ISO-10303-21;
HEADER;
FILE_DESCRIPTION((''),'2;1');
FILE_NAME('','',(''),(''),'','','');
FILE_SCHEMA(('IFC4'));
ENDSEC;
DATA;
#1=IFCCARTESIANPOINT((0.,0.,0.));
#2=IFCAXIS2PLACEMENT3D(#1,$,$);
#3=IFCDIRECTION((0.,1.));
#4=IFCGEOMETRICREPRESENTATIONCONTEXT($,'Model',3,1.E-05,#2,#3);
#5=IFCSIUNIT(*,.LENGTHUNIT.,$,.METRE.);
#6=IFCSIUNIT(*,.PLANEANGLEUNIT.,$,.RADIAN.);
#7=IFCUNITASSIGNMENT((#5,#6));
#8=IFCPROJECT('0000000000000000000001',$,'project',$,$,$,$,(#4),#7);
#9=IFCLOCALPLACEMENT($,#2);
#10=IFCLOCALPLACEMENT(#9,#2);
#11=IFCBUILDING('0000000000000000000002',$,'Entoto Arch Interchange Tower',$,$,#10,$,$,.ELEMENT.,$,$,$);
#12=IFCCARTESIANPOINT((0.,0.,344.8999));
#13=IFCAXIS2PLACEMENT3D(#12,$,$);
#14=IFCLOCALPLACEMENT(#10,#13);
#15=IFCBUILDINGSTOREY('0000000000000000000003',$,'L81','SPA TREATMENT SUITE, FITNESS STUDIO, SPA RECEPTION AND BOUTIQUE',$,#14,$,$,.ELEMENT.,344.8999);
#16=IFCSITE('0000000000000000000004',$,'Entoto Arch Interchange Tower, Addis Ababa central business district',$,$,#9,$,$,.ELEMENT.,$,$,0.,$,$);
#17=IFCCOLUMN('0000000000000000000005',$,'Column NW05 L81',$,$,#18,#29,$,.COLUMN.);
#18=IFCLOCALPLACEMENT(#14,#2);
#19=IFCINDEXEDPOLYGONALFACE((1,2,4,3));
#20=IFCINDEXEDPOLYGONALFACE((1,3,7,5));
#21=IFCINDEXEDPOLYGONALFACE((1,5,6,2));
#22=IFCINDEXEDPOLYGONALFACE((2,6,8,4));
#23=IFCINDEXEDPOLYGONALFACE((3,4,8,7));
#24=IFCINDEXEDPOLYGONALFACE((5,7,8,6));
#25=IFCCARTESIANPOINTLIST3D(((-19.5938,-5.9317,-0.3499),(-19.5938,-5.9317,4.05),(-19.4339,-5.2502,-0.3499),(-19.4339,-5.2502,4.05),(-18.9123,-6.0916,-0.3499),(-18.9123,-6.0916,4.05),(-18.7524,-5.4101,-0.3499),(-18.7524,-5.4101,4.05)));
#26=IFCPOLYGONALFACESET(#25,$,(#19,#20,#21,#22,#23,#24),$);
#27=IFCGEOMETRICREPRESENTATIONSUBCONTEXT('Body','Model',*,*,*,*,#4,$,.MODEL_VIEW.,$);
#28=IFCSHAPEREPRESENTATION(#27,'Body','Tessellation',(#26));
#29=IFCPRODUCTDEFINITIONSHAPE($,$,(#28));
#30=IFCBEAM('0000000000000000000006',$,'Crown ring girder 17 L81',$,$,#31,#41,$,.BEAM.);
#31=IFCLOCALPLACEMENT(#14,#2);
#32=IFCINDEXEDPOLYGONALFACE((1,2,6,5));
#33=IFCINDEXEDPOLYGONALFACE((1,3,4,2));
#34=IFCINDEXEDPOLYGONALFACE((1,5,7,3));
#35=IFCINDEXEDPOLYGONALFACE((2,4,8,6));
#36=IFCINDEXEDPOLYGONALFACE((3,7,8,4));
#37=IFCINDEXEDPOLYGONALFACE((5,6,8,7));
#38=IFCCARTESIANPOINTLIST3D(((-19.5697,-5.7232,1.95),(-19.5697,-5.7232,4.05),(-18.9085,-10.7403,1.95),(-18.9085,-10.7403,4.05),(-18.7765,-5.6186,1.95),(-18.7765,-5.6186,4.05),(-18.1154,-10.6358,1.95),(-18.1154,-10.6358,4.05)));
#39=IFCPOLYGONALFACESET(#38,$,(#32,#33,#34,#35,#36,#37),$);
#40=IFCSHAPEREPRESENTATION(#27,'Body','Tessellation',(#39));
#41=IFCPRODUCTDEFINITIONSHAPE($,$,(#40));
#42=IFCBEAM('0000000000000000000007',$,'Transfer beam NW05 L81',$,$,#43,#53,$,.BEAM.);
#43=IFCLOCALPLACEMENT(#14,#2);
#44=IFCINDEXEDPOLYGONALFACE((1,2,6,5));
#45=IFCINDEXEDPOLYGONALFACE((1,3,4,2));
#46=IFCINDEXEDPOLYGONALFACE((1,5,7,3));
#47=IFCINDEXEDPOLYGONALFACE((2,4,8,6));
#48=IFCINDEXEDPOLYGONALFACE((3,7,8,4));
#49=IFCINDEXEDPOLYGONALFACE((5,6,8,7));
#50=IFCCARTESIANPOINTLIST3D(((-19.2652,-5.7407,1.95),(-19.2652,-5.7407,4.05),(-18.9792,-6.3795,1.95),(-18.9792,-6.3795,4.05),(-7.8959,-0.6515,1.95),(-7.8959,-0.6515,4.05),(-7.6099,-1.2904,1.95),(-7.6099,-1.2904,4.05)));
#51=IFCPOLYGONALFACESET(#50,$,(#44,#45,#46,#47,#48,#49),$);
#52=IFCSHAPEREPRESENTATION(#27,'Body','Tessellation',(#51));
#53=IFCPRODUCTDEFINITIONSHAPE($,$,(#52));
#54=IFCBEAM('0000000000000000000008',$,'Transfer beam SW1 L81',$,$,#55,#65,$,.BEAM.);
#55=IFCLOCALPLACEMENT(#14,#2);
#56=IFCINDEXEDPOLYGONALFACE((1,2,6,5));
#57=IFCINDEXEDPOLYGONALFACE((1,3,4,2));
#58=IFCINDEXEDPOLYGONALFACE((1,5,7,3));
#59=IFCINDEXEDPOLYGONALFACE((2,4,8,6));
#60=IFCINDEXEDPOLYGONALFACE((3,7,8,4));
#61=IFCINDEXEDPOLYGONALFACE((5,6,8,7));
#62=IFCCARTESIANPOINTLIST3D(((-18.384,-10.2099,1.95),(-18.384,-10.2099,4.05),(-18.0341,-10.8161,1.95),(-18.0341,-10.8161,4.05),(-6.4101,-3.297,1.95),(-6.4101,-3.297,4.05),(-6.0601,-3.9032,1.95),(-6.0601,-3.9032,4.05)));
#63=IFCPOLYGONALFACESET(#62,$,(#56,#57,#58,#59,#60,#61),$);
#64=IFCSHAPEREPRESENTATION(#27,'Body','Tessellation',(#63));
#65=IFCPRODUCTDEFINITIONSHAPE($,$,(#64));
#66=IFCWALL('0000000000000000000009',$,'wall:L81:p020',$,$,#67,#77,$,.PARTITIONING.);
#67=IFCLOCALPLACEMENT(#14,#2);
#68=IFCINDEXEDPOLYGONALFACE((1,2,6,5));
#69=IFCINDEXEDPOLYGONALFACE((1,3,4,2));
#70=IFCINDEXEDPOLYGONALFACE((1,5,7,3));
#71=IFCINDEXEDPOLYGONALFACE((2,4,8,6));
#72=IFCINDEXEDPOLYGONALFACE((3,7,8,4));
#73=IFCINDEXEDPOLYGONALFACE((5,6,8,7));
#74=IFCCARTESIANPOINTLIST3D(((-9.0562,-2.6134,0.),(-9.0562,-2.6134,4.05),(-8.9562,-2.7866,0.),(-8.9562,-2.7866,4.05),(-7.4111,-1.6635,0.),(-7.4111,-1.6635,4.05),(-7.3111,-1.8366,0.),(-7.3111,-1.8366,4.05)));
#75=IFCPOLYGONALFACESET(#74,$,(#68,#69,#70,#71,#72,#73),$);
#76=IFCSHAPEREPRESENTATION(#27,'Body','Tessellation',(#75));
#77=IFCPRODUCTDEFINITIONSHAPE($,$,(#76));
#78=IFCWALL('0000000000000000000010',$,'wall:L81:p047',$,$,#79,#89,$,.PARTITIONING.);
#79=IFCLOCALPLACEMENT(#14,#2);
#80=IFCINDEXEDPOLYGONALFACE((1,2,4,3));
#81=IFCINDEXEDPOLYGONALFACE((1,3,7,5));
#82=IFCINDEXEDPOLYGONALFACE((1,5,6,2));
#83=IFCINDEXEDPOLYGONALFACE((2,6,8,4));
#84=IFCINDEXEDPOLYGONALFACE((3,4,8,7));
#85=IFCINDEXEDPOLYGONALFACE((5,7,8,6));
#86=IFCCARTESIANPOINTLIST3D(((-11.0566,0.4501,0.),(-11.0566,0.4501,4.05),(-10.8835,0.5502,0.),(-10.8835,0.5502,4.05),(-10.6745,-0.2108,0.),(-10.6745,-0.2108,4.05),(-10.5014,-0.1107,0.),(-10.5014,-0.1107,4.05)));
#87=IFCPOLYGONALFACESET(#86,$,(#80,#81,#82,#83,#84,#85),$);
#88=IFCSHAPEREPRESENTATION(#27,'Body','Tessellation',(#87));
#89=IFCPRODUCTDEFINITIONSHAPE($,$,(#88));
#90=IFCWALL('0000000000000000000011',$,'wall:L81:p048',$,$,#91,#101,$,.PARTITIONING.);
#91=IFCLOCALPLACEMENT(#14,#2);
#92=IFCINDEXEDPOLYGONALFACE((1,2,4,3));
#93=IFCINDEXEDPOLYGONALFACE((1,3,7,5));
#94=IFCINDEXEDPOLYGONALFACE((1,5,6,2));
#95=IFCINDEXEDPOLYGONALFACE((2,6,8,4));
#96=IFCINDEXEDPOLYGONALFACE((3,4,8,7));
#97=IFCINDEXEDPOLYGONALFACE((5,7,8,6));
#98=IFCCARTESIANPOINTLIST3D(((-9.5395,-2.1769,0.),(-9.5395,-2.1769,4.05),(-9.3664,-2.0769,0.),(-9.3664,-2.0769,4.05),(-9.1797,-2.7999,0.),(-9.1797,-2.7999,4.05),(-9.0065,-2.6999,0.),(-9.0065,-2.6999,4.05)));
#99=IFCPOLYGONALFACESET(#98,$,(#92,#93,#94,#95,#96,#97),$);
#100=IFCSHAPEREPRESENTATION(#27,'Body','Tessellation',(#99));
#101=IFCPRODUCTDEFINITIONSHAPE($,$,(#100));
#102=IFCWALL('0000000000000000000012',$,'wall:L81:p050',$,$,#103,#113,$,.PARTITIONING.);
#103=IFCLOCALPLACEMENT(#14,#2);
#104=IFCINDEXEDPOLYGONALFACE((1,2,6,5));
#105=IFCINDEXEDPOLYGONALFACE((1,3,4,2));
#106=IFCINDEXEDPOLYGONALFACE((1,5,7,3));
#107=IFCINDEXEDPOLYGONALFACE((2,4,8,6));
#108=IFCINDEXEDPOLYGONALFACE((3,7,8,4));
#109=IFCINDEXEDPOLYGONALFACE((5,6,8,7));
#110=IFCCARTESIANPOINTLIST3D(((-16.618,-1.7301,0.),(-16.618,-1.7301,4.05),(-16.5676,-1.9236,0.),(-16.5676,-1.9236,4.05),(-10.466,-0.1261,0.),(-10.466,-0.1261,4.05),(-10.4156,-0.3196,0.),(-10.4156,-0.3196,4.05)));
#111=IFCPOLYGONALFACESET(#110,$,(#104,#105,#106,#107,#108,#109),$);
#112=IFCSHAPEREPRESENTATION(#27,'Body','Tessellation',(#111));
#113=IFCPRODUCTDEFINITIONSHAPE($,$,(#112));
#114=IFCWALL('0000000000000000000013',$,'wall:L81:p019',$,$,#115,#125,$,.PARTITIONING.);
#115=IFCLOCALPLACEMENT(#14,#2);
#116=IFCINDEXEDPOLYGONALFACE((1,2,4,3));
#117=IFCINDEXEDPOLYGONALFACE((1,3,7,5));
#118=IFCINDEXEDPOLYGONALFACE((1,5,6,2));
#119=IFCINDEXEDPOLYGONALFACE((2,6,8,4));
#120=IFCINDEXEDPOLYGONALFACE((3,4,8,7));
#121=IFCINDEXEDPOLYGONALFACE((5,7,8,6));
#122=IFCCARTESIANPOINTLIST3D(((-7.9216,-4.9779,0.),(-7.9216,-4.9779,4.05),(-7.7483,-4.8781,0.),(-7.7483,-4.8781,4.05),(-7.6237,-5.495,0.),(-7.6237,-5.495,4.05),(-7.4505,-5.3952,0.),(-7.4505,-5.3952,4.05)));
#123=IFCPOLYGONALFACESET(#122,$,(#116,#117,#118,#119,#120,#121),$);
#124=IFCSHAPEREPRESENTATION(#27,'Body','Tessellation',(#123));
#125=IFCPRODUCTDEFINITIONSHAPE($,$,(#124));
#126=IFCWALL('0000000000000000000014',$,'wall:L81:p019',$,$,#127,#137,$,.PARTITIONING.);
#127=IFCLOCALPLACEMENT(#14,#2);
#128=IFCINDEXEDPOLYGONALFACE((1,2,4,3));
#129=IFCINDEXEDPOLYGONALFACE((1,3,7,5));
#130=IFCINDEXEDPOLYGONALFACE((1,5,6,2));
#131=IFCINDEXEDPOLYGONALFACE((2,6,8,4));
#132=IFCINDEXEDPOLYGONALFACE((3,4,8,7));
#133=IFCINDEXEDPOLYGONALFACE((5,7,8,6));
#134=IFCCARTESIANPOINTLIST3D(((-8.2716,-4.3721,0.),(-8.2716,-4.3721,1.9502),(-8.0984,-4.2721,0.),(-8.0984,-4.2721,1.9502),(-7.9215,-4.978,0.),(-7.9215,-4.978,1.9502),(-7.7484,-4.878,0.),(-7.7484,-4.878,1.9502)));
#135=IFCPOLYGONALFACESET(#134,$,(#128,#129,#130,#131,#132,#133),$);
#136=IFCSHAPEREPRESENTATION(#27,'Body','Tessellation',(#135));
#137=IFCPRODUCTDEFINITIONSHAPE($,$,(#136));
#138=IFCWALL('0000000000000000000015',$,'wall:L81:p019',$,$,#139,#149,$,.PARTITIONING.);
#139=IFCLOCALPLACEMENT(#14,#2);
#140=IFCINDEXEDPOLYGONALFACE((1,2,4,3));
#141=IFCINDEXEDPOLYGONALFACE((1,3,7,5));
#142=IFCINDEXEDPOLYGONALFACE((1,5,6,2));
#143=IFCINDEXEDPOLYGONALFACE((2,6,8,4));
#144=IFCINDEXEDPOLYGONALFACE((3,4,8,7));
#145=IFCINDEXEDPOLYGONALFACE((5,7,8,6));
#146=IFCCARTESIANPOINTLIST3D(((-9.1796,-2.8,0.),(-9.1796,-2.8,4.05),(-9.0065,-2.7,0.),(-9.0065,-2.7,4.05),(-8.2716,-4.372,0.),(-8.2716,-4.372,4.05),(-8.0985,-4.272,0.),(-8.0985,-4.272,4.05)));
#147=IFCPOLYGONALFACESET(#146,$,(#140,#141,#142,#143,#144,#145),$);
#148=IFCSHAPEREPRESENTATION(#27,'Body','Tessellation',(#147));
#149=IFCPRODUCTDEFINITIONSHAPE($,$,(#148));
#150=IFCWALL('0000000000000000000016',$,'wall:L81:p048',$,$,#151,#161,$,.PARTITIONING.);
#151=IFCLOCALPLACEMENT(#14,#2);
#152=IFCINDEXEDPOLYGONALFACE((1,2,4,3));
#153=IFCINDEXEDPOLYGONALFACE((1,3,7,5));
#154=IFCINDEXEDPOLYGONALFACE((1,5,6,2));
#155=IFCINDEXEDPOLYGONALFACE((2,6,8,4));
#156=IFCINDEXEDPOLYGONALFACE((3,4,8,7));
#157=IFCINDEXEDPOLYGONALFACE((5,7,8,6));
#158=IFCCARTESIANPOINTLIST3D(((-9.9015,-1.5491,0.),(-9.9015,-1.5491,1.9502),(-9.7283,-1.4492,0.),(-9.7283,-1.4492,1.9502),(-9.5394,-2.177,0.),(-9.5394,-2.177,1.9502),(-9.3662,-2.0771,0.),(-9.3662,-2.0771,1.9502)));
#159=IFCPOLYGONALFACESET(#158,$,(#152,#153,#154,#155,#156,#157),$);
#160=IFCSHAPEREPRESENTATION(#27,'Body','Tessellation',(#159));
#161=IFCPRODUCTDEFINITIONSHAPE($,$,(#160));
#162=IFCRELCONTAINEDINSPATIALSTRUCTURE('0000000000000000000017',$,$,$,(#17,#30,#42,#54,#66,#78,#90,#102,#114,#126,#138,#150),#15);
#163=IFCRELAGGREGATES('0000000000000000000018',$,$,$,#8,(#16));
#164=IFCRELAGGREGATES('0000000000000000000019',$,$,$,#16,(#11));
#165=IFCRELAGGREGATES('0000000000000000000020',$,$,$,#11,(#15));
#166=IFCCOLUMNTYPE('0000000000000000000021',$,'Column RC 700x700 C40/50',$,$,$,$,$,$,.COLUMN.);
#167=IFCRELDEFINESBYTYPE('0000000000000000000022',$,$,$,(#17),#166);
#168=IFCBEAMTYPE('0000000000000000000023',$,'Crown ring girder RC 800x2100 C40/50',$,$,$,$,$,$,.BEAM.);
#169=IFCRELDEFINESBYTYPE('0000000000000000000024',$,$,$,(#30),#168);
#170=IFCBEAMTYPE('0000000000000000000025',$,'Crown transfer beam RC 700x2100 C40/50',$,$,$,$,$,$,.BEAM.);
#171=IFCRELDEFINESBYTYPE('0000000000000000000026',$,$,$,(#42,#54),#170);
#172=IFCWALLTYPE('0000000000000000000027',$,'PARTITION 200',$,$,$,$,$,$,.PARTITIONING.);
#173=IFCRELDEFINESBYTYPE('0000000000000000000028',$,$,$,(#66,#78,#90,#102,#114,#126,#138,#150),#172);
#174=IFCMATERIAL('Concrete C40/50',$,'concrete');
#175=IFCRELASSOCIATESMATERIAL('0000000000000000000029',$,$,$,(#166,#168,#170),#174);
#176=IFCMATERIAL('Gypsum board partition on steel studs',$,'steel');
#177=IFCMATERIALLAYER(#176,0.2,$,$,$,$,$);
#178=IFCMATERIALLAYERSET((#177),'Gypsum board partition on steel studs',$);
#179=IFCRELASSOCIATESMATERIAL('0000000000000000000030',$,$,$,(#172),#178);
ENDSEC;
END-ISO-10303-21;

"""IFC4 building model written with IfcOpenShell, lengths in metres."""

from ifc_helpers import new_model, si_unit, direction, frame, frame_2d, origin, origin_2d, place, context, subcontext, project, spatial, rectangle, extrude, material, layer, layer_set, material_profile, profile_set, type_object, element, save


model = new_model("IFC4")

# Units and contexts
model_context = context("Model", 3, precision=1e-05, world=origin(), true_north=direction((0.0, 1.0)))
body_context = subcontext(model_context, "Body", "Model", "MODEL_VIEW")
ifc_project = project(units=[si_unit("LENGTHUNIT", "METRE"), si_unit("PLANEANGLEUNIT", "RADIAN")], contexts=[model_context])

# Site, building, storey
site_placement = place(None, origin())
site = spatial("IfcSite", under=ifc_project, at=site_placement, Name="Entoto Arch Interchange Tower, Addis Ababa central business district", CompositionType="ELEMENT", RefElevation=0.0)
building_placement = place(site_placement, origin())
building = spatial("IfcBuilding", under=site, at=building_placement, Name="Entoto Arch Interchange Tower", CompositionType="ELEMENT")
storey_placement = place(building_placement, frame((0.0, 0.0, 344.8999)))
storey = spatial("IfcBuildingStorey", under=building, at=storey_placement, Name="L81", Description="SPA TREATMENT SUITE, FITNESS STUDIO, SPA RECEPTION AND BOUTIQUE", CompositionType="ELEMENT", Elevation=344.8999)

# Column
ifc_material_1 = material(Name="Concrete C40/50", Category="concrete")
ifc_material_profile_1 = material_profile(ifc_material_1, rectangle(XDim=0.7, YDim=0.7, at=origin_2d()))
ifc_profile_set_1 = profile_set([ifc_material_profile_1], Name="Concrete C40/50")
column_type = type_object("IfcColumnType", Name="Column RC 700x700 C40/50", PredefinedType="COLUMN", material=ifc_profile_set_1)
column_placement = place(storey_placement, frame((-19.1731, -5.6709, -0.3499), z_axis=(0.0, 0.0, 1.0), x_axis=(0.228436, 0.973559, 0.0)))
element("IfcColumn", 1, at=column_placement, inside=storey, type_object=column_type, Name="Column NW05 L81", PredefinedType="COLUMN", context=body_context, shape_type="SweptSolid", body=[
    extrude(rectangle(XDim=0.7, YDim=0.7, at=origin_2d()), origin(), (0.0, 0.0, 1.0), 4.3999),
])

# Beams
ifc_material_profile_2 = material_profile(ifc_material_1, rectangle(XDim=0.8, YDim=2.1001, at=origin_2d()))
ifc_profile_set_2 = profile_set([ifc_material_profile_2], Name="Concrete C40/50")
beam_type_1 = type_object("IfcBeamType", Name="Crown ring girder RC 800x2100 C40/50", PredefinedType="BEAM", material=ifc_profile_set_2)
beam_1_placement = place(storey_placement, frame((-19.1731, -5.6709, 3.0), z_axis=(0.130647, -0.991429, 0.0), x_axis=(0.991429, 0.130647, 0.0)))
element("IfcBeam", 2, at=beam_1_placement, inside=storey, type_object=beam_type_1, Name="Crown ring girder 17 L81", PredefinedType="BEAM", context=body_context, shape_type="SweptSolid", body=[
    extrude(rectangle(XDim=0.8, YDim=2.1001, at=origin_2d()), origin(), (0.0, 0.0, 1.0), 5.0605),
])
ifc_material_profile_3 = material_profile(ifc_material_1, rectangle(XDim=0.7, YDim=2.1001, at=origin_2d()))
ifc_profile_set_3 = profile_set([ifc_material_profile_3], Name="Concrete C40/50")
beam_type_2 = type_object("IfcBeamType", Name="Crown transfer beam RC 700x2100 C40/50", PredefinedType="BEAM", material=ifc_profile_set_3)
beam_2_placement = place(storey_placement, frame((-7.7529, -0.9709, 3.0), z_axis=(-0.912731, -0.408561, 0.0), x_axis=(0.408561, -0.912731, 0.0)))
element("IfcBeam", 3, at=beam_2_placement, inside=storey, type_object=beam_type_2, Name="Transfer beam NW05 L81", PredefinedType="BEAM", context=body_context, shape_type="SweptSolid", body=[
    extrude(rectangle(XDim=0.7, YDim=2.1001, at=origin_2d()), origin(), (0.0, 0.0, 1.0), 12.4563),
])
beam_3_placement = place(storey_placement, frame((-6.2351, -3.6001, 3.0), z_axis=(-0.866034, -0.499985, 0.0), x_axis=(0.499985, -0.866034, 0.0)))
element("IfcBeam", 4, at=beam_3_placement, inside=storey, type_object=beam_type_2, Name="Transfer beam SW1 L81", PredefinedType="BEAM", context=body_context, shape_type="SweptSolid", body=[
    extrude(rectangle(XDim=0.7, YDim=2.1001, at=origin_2d()), origin(), (0.0, 0.0, 1.0), 13.8262),
])

# Walls
ifc_material_2 = material(Name="Gypsum board partition on steel studs", Category="steel")
ifc_layer_1 = layer(ifc_material_2, 0.2)
ifc_layer_set_1 = layer_set([ifc_layer_1], Name="Gypsum board partition on steel studs")
wall_type_1 = type_object("IfcWallType", Name="PARTITION 200", PredefinedType="PARTITIONING", material=ifc_layer_set_1)
wall_1_placement = place(storey_placement, frame((-9.0061, -2.7, 0.0), z_axis=(0.0, 0.0, 1.0), x_axis=(0.86598, 0.500078, 0.0)))
element("IfcWall", 5, at=wall_1_placement, inside=storey, type_object=wall_type_1, Name="wall:L81:p020", PredefinedType="PARTITIONING", context=body_context, shape_type="SweptSolid", body=[
    extrude(rectangle(XDim=1.8997, YDim=0.2, at=frame_2d((0.9497, 0.0))), origin(), (0.0, 0.0, 1.0), 4.05),
])
wall_2_placement = place(storey_placement, frame((-10.5879, -0.1609, 0.0), z_axis=(0.0, 0.0, 1.0), x_axis=(-0.500507, 0.865733, 0.0)))
element("IfcWall", 6, at=wall_2_placement, inside=storey, type_object=wall_type_1, Name="wall:L81:p047", PredefinedType="PARTITIONING", context=body_context, shape_type="SweptSolid", body=[
    extrude(rectangle(XDim=0.7634, YDim=0.2, at=frame_2d((0.3818, 0.0))), origin(), (0.0, 0.0, 1.0), 4.05),
])
wall_3_placement = place(storey_placement, frame((-9.093, -2.75, 0.0), z_axis=(0.0, 0.0, 1.0), x_axis=(-0.500153, 0.865937, 0.0)))
element("IfcWall", 7, at=wall_3_placement, inside=storey, type_object=wall_type_1, Name="wall:L81:p048", PredefinedType="PARTITIONING", context=body_context, shape_type="SweptSolid", body=[
    extrude(rectangle(XDim=0.7195, YDim=0.2, at=frame_2d((0.3599, 0.0))), origin(), (0.0, 0.0, 1.0), 4.05),
])
wall_4_placement = place(storey_placement, frame((-10.4409, -0.2229, 0.0), z_axis=(0.0, 0.0, 1.0), x_axis=(-0.967652, -0.252291, 0.0)))
element("IfcWall", 8, at=wall_4_placement, inside=storey, type_object=wall_type_1, Name="wall:L81:p050", PredefinedType="PARTITIONING", context=body_context, shape_type="SweptSolid", body=[
    extrude(rectangle(XDim=6.3577, YDim=0.2, at=frame_2d((3.1787, 0.0))), origin(), (0.0, 0.0, 1.0), 4.05),
])
wall_5_placement = place(storey_placement, frame((-7.5371, -5.4451, 0.0), z_axis=(0.0, 0.0, 1.0), x_axis=(-0.499132, 0.866526, 0.0)))
element("IfcWall", 9, at=wall_5_placement, inside=storey, type_object=wall_type_1, Name="wall:L81:p019", PredefinedType="PARTITIONING", context=body_context, shape_type="SweptSolid", body=[
    extrude(rectangle(XDim=0.5967, YDim=0.2, at=frame_2d((0.2983, 0.0))), origin(), (0.0, 0.0, 1.0), 4.05),
])
wall_6_placement = place(storey_placement, frame((-7.835, -4.928, 0.0), z_axis=(0.0, 0.0, 1.0), x_axis=(-0.500266, 0.865872, 0.0)))
element("IfcWall", 10, at=wall_6_placement, inside=storey, type_object=wall_type_1, Name="wall:L81:p019", PredefinedType="PARTITIONING", context=body_context, shape_type="SweptSolid", body=[
    extrude(rectangle(XDim=0.6997, YDim=0.2, at=frame_2d((0.3499, 0.0))), origin(), (0.0, 0.0, 1.0), 1.9502),
])
wall_7_placement = place(storey_placement, frame((-8.1851, -4.322, 0.0), z_axis=(0.0, 0.0, 1.0), x_axis=(-0.500145, 0.865941, 0.0)))
element("IfcWall", 11, at=wall_7_placement, inside=storey, type_object=wall_type_1, Name="wall:L81:p019", PredefinedType="PARTITIONING", context=body_context, shape_type="SweptSolid", body=[
    extrude(rectangle(XDim=1.8154, YDim=0.2, at=frame_2d((0.9077, 0.0))), origin(), (0.0, 0.0, 1.0), 4.05),
])
wall_8_placement = place(storey_placement, frame((-9.4529, -2.127, 0.0), z_axis=(0.0, 0.0, 1.0), x_axis=(-0.499509, 0.866309, 0.0)))
element("IfcWall", 12, at=wall_8_placement, inside=storey, type_object=wall_type_1, Name="wall:L81:p048", PredefinedType="PARTITIONING", context=body_context, shape_type="SweptSolid", body=[
    extrude(rectangle(XDim=0.7249, YDim=0.2, at=frame_2d((0.3623, 0.0))), origin(), (0.0, 0.0, 1.0), 1.9502),
])

save(model, "model.ifc")
